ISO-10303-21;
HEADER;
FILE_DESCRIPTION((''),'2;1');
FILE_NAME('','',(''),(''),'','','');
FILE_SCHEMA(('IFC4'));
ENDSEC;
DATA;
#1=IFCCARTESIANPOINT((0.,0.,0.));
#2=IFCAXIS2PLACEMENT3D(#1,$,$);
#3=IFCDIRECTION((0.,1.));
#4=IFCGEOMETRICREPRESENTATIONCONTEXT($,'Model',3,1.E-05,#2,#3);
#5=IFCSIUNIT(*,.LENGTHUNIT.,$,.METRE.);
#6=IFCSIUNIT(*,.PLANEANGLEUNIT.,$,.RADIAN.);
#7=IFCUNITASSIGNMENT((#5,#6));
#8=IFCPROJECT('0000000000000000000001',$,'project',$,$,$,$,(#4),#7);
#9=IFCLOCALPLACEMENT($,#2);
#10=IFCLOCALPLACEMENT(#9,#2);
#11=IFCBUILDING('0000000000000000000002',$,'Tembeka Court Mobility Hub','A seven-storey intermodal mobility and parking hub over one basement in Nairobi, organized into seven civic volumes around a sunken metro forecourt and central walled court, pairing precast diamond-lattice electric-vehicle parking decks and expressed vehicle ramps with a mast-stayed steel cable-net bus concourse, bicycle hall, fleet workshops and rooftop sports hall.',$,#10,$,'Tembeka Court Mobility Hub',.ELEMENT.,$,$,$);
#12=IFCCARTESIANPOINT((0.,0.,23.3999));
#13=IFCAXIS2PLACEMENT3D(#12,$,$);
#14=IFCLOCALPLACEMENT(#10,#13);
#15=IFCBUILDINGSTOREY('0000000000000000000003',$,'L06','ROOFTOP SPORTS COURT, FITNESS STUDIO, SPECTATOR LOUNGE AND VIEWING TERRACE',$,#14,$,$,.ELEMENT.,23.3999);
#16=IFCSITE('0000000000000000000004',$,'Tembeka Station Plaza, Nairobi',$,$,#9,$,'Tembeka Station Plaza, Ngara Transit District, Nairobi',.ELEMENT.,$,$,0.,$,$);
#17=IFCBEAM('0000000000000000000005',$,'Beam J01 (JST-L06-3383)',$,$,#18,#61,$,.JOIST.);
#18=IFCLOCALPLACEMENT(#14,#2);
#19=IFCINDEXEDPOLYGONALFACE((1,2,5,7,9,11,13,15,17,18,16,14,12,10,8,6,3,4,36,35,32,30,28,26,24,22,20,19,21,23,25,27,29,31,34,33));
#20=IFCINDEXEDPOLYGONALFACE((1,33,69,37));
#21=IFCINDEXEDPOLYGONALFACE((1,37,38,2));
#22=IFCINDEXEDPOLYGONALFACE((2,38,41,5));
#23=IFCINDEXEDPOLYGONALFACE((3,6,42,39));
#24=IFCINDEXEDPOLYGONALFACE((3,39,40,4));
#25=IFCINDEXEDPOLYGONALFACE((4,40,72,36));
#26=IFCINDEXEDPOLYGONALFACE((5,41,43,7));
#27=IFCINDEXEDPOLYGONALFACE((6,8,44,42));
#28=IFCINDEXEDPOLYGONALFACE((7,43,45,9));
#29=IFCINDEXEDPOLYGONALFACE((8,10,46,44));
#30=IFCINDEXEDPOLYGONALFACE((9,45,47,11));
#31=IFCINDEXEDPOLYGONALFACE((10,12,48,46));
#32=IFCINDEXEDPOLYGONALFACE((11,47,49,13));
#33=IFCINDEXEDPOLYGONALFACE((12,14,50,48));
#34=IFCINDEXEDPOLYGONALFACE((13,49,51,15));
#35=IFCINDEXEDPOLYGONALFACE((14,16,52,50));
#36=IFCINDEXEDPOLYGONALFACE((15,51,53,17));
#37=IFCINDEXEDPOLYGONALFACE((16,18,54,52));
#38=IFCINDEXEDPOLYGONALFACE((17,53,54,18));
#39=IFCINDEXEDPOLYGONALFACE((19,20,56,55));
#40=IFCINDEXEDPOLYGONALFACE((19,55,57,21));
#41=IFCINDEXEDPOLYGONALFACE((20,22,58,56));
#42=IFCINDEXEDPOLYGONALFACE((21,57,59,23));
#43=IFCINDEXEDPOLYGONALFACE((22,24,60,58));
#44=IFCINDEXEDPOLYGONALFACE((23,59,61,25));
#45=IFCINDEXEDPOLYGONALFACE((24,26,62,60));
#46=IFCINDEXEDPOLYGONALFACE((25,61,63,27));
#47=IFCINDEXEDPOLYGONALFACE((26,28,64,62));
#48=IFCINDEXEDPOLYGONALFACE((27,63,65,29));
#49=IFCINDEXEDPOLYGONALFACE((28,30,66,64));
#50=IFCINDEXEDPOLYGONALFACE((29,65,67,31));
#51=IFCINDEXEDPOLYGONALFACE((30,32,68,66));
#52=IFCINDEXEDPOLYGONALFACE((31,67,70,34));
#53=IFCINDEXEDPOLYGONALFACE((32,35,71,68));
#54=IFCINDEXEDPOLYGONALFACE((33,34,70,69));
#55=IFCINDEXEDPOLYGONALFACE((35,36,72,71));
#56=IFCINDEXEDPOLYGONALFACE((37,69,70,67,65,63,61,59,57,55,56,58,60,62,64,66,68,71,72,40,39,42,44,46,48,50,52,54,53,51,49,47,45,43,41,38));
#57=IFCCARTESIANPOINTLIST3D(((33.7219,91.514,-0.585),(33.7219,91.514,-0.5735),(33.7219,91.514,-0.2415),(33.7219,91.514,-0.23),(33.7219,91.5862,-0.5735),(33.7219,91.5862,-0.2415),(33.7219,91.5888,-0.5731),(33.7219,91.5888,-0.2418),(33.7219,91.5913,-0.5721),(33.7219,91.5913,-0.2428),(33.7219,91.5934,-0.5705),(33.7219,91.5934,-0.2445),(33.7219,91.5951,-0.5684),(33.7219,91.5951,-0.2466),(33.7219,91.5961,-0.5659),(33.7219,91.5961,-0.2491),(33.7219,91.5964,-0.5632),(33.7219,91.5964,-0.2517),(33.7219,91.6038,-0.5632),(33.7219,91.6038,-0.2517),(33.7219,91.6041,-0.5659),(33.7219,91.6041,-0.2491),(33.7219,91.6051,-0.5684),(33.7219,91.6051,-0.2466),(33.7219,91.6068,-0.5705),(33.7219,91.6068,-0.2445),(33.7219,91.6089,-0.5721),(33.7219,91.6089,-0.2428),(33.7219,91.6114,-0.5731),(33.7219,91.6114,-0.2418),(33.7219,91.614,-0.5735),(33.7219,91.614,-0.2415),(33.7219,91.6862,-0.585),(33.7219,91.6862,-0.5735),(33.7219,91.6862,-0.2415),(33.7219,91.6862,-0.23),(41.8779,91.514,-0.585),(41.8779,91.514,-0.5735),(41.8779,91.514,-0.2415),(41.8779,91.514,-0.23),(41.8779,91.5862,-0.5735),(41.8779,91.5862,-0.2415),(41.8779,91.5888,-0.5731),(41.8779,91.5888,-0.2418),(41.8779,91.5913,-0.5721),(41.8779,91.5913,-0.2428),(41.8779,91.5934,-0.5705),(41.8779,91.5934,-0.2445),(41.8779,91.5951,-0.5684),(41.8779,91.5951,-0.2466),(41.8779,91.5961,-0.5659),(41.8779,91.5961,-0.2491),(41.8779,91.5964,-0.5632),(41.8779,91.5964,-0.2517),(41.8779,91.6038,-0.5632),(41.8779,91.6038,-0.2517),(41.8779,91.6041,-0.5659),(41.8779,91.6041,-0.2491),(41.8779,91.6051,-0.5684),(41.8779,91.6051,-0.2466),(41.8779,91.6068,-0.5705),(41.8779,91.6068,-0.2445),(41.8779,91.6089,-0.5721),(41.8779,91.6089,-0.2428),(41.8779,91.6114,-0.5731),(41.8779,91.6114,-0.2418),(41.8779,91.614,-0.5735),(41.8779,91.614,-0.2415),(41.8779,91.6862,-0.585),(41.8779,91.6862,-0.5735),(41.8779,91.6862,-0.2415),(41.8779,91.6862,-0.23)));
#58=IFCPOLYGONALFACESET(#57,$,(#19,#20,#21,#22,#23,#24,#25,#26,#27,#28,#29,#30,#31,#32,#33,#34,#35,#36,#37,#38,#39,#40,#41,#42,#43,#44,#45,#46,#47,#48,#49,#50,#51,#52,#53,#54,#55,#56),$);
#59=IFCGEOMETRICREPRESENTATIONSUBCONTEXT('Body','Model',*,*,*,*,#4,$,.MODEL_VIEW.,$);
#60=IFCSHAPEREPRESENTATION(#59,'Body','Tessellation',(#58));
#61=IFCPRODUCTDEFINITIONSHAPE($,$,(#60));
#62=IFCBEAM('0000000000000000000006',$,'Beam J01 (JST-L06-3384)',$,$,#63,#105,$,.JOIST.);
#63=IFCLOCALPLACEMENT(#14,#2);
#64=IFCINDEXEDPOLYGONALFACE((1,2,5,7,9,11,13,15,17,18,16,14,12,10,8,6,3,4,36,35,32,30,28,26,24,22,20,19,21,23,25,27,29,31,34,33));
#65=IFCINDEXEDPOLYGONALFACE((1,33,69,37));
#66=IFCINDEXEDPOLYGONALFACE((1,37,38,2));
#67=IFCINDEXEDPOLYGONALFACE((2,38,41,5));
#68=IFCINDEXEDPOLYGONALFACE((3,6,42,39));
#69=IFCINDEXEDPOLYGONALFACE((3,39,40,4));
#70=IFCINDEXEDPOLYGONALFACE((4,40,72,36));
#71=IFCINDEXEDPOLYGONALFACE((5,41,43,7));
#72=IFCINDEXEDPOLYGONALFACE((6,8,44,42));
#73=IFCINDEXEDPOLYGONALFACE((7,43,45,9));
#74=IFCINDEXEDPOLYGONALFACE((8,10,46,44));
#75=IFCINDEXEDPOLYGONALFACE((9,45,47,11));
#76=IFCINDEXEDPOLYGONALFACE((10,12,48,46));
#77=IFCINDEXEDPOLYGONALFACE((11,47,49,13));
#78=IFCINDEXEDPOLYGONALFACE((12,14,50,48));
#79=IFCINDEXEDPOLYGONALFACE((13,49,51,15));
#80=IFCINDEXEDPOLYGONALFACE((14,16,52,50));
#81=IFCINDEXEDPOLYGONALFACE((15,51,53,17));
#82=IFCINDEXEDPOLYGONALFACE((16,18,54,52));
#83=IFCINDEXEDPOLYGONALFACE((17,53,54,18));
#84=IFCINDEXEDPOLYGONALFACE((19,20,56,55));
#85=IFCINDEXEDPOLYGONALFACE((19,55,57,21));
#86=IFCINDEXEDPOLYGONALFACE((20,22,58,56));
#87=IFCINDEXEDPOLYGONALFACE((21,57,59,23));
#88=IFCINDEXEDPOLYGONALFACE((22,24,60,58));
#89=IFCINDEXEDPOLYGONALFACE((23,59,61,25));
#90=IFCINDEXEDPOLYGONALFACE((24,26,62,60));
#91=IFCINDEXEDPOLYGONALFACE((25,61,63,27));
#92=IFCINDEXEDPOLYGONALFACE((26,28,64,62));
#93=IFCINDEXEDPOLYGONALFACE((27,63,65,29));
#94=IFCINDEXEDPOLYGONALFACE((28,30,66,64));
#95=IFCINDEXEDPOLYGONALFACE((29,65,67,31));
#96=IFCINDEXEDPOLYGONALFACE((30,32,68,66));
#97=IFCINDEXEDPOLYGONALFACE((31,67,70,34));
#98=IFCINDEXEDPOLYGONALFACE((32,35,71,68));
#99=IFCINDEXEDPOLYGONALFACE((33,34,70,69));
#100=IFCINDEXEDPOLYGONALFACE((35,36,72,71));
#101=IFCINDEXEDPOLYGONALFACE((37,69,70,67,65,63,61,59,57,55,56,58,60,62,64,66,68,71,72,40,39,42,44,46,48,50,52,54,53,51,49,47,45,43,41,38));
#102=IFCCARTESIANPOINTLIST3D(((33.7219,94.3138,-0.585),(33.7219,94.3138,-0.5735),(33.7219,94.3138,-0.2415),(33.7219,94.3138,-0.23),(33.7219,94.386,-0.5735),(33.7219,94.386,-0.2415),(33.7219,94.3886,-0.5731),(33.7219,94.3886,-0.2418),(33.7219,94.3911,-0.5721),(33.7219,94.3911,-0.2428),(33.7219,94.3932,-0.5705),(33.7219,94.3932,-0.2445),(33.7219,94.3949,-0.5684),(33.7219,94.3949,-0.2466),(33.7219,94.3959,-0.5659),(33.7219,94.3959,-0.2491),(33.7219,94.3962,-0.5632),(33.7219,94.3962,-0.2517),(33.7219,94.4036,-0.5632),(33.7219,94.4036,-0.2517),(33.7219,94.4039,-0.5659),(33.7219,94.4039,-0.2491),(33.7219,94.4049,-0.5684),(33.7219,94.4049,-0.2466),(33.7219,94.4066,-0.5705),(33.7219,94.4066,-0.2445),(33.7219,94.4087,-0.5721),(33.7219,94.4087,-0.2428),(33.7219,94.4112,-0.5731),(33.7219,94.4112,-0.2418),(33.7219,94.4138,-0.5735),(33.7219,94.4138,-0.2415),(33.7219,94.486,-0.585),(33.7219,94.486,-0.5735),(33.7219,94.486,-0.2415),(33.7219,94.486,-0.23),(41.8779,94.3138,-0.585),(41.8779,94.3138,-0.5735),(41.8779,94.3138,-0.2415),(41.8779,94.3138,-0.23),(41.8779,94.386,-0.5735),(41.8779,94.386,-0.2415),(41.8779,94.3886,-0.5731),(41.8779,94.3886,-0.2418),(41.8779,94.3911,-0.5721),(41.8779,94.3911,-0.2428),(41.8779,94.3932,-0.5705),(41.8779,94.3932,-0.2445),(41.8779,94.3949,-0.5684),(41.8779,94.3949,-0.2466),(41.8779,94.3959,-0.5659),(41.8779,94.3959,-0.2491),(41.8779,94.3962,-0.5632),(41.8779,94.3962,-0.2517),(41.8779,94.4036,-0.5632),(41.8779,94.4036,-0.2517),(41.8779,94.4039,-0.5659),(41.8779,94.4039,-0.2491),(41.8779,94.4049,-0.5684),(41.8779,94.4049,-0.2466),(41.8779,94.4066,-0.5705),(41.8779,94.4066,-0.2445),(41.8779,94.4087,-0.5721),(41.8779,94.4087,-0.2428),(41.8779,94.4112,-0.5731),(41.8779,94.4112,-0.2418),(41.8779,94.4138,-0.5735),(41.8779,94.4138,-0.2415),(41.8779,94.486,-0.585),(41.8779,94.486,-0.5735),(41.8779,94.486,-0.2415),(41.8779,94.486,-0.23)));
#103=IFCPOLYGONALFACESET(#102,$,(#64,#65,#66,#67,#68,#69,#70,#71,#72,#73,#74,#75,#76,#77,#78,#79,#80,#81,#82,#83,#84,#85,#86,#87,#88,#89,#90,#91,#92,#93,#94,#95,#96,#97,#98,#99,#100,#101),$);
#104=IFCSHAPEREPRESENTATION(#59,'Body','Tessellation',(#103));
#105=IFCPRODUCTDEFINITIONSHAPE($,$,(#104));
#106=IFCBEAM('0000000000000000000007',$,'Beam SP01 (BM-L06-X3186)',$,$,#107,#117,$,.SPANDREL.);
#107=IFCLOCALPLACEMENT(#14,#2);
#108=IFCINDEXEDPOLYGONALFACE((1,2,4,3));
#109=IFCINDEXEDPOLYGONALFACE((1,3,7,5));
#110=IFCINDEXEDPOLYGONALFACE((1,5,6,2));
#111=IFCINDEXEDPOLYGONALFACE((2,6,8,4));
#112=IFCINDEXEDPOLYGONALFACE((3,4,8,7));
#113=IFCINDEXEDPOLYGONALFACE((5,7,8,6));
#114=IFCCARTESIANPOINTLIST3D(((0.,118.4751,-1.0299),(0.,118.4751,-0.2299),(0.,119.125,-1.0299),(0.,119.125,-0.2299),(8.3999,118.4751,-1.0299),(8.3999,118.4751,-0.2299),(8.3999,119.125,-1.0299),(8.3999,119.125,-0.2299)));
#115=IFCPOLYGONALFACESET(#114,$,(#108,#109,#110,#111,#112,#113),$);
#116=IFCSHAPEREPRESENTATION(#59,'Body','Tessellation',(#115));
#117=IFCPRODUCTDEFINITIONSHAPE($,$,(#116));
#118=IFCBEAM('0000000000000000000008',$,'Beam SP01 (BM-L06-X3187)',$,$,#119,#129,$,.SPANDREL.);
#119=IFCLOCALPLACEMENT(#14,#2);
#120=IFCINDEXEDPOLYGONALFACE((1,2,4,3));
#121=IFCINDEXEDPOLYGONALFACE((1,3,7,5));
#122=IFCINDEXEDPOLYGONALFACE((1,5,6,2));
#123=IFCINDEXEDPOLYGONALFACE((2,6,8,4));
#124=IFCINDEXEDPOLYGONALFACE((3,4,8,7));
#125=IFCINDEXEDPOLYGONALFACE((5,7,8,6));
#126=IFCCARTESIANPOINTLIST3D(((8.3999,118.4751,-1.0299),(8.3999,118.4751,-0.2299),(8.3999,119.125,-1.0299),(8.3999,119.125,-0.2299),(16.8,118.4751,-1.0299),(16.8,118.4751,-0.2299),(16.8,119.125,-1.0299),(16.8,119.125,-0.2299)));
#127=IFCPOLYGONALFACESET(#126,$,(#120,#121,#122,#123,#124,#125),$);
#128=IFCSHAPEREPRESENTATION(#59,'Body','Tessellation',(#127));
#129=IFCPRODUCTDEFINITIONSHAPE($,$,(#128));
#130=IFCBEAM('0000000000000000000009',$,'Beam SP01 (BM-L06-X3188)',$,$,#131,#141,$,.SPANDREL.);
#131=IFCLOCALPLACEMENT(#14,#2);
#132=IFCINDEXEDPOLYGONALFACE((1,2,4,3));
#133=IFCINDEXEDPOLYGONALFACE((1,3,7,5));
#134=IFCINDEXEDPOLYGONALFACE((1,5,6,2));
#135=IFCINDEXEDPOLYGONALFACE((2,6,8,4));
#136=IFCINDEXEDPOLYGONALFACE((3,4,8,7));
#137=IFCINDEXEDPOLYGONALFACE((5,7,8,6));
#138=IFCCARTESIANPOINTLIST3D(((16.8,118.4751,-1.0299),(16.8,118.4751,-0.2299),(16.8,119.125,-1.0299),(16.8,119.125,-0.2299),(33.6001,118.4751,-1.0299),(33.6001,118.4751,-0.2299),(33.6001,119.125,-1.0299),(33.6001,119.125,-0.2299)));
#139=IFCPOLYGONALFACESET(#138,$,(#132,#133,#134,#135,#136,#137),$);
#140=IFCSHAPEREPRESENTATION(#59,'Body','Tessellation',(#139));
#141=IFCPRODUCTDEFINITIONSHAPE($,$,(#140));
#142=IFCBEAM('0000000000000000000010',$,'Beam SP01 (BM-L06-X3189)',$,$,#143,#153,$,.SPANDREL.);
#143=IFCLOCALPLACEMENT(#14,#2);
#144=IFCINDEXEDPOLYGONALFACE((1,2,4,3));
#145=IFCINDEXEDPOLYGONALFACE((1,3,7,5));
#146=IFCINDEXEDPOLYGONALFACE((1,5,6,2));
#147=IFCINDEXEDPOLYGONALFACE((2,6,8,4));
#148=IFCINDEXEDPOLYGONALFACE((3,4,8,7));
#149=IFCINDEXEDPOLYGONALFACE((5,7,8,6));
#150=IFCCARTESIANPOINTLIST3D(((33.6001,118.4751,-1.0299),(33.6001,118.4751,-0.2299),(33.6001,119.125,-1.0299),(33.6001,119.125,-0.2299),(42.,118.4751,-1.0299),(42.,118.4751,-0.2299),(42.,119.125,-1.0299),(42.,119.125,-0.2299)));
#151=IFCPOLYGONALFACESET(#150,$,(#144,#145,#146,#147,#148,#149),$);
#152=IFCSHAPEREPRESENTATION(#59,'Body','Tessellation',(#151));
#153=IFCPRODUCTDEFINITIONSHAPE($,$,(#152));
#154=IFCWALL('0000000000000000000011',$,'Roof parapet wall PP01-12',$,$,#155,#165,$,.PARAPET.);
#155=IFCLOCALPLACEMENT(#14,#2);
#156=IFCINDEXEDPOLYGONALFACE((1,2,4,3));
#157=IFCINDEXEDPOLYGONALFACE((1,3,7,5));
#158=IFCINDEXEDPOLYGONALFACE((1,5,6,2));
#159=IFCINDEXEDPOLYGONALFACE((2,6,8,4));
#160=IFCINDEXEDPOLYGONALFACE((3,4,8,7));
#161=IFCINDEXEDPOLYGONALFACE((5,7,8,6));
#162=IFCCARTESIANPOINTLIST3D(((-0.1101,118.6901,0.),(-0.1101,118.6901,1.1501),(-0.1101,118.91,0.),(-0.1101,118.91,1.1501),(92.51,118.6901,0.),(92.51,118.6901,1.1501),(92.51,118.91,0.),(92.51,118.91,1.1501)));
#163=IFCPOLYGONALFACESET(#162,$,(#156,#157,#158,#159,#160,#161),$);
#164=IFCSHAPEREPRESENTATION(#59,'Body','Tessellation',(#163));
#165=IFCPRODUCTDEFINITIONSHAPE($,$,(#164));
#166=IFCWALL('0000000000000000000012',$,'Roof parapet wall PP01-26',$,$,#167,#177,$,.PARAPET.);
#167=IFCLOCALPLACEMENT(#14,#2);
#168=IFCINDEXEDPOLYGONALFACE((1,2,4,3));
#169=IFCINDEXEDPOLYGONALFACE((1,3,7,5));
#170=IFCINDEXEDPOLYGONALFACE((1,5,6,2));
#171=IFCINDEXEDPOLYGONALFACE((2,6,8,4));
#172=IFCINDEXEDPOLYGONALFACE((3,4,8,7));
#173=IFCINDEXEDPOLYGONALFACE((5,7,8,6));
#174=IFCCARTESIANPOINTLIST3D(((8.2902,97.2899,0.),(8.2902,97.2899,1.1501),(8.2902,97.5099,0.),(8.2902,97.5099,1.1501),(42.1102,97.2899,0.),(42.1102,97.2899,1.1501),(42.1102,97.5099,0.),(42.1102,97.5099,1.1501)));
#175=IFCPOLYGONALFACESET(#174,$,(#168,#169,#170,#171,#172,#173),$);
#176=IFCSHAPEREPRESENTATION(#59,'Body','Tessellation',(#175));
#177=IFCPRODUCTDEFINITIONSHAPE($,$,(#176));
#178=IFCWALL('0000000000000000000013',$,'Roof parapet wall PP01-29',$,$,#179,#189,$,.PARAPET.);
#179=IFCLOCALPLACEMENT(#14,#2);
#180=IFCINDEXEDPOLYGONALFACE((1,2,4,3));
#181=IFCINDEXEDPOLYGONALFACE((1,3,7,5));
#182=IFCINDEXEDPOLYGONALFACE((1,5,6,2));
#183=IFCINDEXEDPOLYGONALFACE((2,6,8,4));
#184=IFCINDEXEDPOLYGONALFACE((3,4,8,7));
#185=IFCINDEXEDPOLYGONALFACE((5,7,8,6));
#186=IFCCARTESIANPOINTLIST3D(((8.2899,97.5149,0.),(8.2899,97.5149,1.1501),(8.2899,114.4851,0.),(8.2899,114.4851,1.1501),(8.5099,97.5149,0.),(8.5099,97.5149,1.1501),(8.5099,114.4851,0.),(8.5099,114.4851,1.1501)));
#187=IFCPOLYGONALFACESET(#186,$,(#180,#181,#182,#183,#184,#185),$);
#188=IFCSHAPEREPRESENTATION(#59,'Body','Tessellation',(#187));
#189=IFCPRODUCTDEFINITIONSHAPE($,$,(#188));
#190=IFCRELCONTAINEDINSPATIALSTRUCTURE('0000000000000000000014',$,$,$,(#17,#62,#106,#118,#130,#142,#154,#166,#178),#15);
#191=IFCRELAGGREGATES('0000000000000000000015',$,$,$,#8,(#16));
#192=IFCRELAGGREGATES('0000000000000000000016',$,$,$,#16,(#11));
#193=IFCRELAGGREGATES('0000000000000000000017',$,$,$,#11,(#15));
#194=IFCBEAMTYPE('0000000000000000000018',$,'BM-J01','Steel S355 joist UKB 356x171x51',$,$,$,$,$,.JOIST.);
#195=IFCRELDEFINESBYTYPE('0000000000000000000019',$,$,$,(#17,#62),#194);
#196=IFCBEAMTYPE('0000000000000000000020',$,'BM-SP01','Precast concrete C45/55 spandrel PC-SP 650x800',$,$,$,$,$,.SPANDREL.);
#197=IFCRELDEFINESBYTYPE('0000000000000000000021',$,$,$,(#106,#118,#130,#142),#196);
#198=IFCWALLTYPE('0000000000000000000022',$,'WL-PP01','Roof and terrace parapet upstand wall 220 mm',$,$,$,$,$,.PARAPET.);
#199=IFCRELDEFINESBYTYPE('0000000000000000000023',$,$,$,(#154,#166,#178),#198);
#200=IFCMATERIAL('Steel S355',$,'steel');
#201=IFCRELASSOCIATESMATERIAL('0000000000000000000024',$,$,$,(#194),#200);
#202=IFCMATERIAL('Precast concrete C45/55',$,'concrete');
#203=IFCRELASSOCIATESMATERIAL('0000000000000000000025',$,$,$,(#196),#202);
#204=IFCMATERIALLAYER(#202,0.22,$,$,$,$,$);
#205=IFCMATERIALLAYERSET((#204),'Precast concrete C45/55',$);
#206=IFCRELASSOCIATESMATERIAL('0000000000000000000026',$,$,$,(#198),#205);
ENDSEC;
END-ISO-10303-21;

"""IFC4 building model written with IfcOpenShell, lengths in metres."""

from ifc_helpers import new_model, si_unit, direction, frame, frame_2d, origin, origin_2d, place, context, subcontext, project, spatial, rectangle, i_section, extrude, material, layer, layer_set, material_profile, profile_set, type_object, element, save


model = new_model("IFC4")

# Units and contexts
model_context = context("Model", 3, precision=1e-05, world=origin(), true_north=direction((0.0, 1.0)))
body_context = subcontext(model_context, "Body", "Model", "MODEL_VIEW")
ifc_project = project(units=[si_unit("LENGTHUNIT", "METRE"), si_unit("PLANEANGLEUNIT", "RADIAN")], contexts=[model_context])

# Site, building, storey
site_placement = place(None, origin())
site = spatial("IfcSite", under=ifc_project, at=site_placement, Name="Tembeka Station Plaza, Nairobi", LongName="Tembeka Station Plaza, Ngara Transit District, Nairobi", CompositionType="ELEMENT", RefElevation=0.0)
building_placement = place(site_placement, origin())
building = spatial("IfcBuilding", under=site, at=building_placement, Name="Tembeka Court Mobility Hub", Description="A seven-storey intermodal mobility and parking hub over one basement in Nairobi, organized into seven civic volumes around a sunken metro forecourt and central walled court, pairing precast diamond-lattice electric-vehicle parking decks and expressed vehicle ramps with a mast-stayed steel cable-net bus concourse, bicycle hall, fleet workshops and rooftop sports hall.", LongName="Tembeka Court Mobility Hub", CompositionType="ELEMENT")
storey_placement = place(building_placement, frame((0.0, 0.0, 23.3999)))
storey = spatial("IfcBuildingStorey", under=building, at=storey_placement, Name="L06", Description="ROOFTOP SPORTS COURT, FITNESS STUDIO, SPECTATOR LOUNGE AND VIEWING TERRACE", CompositionType="ELEMENT", Elevation=23.3999)

# Beams
ifc_material_1 = material(Name="Steel S355", Category="steel")
ifc_material_profile_1 = material_profile(ifc_material_1, i_section(OverallWidth=0.1721, OverallDepth=0.355, WebThickness=0.0073, FlangeThickness=0.0115, FilletRadius=0.0103, at=origin_2d()), Name="UKB 356x171x51")
ifc_profile_set_1 = profile_set([ifc_material_profile_1], Name="Steel S355")
beam_type_1 = type_object("IfcBeamType", Name="BM-J01", Description="Steel S355 joist UKB 356x171x51", PredefinedType="JOIST", material=ifc_profile_set_1)
for number, where, z_axis, x_axis, name in (
    (1, (33.7219, 91.6001, -0.4075), (1.0, 0.0, 0.0), (0.0, 1.0, 0.0), "Beam J01 (JST-L06-3383)"),
    (2, (33.7219, 94.3999, -0.4075), (1.0, 0.0, 0.0), (0.0, 1.0, 0.0), "Beam J01 (JST-L06-3384)"),
):
    element("IfcBeam", number, at=place(storey_placement, frame(where, z_axis=z_axis, x_axis=x_axis)), inside=storey, type_object=beam_type_1, Name=name, PredefinedType="JOIST", context=body_context, shape_type="SweptSolid", body=[
        extrude(i_section(OverallWidth=0.1721, OverallDepth=0.355, WebThickness=0.0073, FlangeThickness=0.0115, FilletRadius=0.0103, at=origin_2d()), origin(), (0.0, 0.0, 1.0), 8.156),
    ])
ifc_material_2 = material(Name="Precast concrete C45/55", Category="concrete")
ifc_material_profile_2 = material_profile(ifc_material_2, rectangle(XDim=0.6499, YDim=0.8, at=origin_2d()), Name="PC-SP 650x800")
ifc_profile_set_2 = profile_set([ifc_material_profile_2], Name="Precast concrete C45/55")
beam_type_2 = type_object("IfcBeamType", Name="BM-SP01", Description="Precast concrete C45/55 spandrel PC-SP 650x800", PredefinedType="SPANDREL", material=ifc_profile_set_2)
beam_1_placement = place(storey_placement, frame((0.0, 118.8, -0.6299), z_axis=(1.0, 0.0, 0.0), x_axis=(0.0, 1.0, 0.0)))
element("IfcBeam", 3, at=beam_1_placement, inside=storey, type_object=beam_type_2, Name="Beam SP01 (BM-L06-X3186)", PredefinedType="SPANDREL", context=body_context, shape_type="SweptSolid", body=[
    extrude(rectangle(XDim=0.6499, YDim=0.8, at=origin_2d()), origin(), (0.0, 0.0, 1.0), 8.3999),
])
beam_2_placement = place(storey_placement, frame((8.3999, 118.8, -0.6299), z_axis=(1.0, 0.0, 0.0), x_axis=(0.0, 1.0, 0.0)))
element("IfcBeam", 4, at=beam_2_placement, inside=storey, type_object=beam_type_2, Name="Beam SP01 (BM-L06-X3187)", PredefinedType="SPANDREL", context=body_context, shape_type="SweptSolid", body=[
    extrude(rectangle(XDim=0.6499, YDim=0.8, at=origin_2d()), origin(), (0.0, 0.0, 1.0), 8.4001),
])
beam_3_placement = place(storey_placement, frame((16.8, 118.8, -0.6299), z_axis=(1.0, 0.0, 0.0), x_axis=(0.0, 1.0, 0.0)))
element("IfcBeam", 5, at=beam_3_placement, inside=storey, type_object=beam_type_2, Name="Beam SP01 (BM-L06-X3188)", PredefinedType="SPANDREL", context=body_context, shape_type="SweptSolid", body=[
    extrude(rectangle(XDim=0.6499, YDim=0.8, at=origin_2d()), origin(), (0.0, 0.0, 1.0), 16.8),
])
beam_4_placement = place(storey_placement, frame((33.6001, 118.8, -0.6299), z_axis=(1.0, 0.0, 0.0), x_axis=(0.0, 1.0, 0.0)))
element("IfcBeam", 6, at=beam_4_placement, inside=storey, type_object=beam_type_2, Name="Beam SP01 (BM-L06-X3189)", PredefinedType="SPANDREL", context=body_context, shape_type="SweptSolid", body=[
    extrude(rectangle(XDim=0.6499, YDim=0.8, at=origin_2d()), origin(), (0.0, 0.0, 1.0), 8.3999),
])

# Walls
ifc_layer = layer(ifc_material_2, 0.22)
ifc_layer_set = layer_set([ifc_layer], Name="Precast concrete C45/55")
wall_type = type_object("IfcWallType", Name="WL-PP01", Description="Roof and terrace parapet upstand wall 220 mm", PredefinedType="PARAPET", material=ifc_layer_set)
wall_1_placement = place(storey_placement, frame((-0.1101, 118.8, 0.0), z_axis=(0.0, 0.0, 1.0), x_axis=(1.0, 0.0, 0.0)))
element("IfcWall", 7, at=wall_1_placement, inside=storey, type_object=wall_type, Name="Roof parapet wall PP01-12", PredefinedType="PARAPET", context=body_context, shape_type="SweptSolid", body=[
    extrude(rectangle(XDim=92.6201, YDim=0.22, at=frame_2d((46.3101, 0.0))), origin(), (0.0, 0.0, 1.0), 1.1501),
])
wall_2_placement = place(storey_placement, frame((8.29, 97.3999, 0.0), z_axis=(0.0, 0.0, 1.0), x_axis=(1.0, 0.0, 0.0)))
element("IfcWall", 8, at=wall_2_placement, inside=storey, type_object=wall_type, Name="Roof parapet wall PP01-26", PredefinedType="PARAPET", context=body_context, shape_type="SweptSolid", body=[
    extrude(rectangle(XDim=33.8201, YDim=0.22, at=frame_2d((16.9102, 0.0))), origin(), (0.0, 0.0, 1.0), 1.1501),
])
wall_3_placement = place(storey_placement, frame((8.3999, 114.4851, 0.0), z_axis=(0.0, 0.0, 1.0), x_axis=(0.0, -1.0, 0.0)))
element("IfcWall", 9, at=wall_3_placement, inside=storey, type_object=wall_type, Name="Roof parapet wall PP01-29", PredefinedType="PARAPET", context=body_context, shape_type="SweptSolid", body=[
    extrude(rectangle(XDim=16.9702, YDim=0.22, at=frame_2d((8.4851, 0.0))), origin(), (0.0, 0.0, 1.0), 1.1501),
])

save(model, "model.ifc")
